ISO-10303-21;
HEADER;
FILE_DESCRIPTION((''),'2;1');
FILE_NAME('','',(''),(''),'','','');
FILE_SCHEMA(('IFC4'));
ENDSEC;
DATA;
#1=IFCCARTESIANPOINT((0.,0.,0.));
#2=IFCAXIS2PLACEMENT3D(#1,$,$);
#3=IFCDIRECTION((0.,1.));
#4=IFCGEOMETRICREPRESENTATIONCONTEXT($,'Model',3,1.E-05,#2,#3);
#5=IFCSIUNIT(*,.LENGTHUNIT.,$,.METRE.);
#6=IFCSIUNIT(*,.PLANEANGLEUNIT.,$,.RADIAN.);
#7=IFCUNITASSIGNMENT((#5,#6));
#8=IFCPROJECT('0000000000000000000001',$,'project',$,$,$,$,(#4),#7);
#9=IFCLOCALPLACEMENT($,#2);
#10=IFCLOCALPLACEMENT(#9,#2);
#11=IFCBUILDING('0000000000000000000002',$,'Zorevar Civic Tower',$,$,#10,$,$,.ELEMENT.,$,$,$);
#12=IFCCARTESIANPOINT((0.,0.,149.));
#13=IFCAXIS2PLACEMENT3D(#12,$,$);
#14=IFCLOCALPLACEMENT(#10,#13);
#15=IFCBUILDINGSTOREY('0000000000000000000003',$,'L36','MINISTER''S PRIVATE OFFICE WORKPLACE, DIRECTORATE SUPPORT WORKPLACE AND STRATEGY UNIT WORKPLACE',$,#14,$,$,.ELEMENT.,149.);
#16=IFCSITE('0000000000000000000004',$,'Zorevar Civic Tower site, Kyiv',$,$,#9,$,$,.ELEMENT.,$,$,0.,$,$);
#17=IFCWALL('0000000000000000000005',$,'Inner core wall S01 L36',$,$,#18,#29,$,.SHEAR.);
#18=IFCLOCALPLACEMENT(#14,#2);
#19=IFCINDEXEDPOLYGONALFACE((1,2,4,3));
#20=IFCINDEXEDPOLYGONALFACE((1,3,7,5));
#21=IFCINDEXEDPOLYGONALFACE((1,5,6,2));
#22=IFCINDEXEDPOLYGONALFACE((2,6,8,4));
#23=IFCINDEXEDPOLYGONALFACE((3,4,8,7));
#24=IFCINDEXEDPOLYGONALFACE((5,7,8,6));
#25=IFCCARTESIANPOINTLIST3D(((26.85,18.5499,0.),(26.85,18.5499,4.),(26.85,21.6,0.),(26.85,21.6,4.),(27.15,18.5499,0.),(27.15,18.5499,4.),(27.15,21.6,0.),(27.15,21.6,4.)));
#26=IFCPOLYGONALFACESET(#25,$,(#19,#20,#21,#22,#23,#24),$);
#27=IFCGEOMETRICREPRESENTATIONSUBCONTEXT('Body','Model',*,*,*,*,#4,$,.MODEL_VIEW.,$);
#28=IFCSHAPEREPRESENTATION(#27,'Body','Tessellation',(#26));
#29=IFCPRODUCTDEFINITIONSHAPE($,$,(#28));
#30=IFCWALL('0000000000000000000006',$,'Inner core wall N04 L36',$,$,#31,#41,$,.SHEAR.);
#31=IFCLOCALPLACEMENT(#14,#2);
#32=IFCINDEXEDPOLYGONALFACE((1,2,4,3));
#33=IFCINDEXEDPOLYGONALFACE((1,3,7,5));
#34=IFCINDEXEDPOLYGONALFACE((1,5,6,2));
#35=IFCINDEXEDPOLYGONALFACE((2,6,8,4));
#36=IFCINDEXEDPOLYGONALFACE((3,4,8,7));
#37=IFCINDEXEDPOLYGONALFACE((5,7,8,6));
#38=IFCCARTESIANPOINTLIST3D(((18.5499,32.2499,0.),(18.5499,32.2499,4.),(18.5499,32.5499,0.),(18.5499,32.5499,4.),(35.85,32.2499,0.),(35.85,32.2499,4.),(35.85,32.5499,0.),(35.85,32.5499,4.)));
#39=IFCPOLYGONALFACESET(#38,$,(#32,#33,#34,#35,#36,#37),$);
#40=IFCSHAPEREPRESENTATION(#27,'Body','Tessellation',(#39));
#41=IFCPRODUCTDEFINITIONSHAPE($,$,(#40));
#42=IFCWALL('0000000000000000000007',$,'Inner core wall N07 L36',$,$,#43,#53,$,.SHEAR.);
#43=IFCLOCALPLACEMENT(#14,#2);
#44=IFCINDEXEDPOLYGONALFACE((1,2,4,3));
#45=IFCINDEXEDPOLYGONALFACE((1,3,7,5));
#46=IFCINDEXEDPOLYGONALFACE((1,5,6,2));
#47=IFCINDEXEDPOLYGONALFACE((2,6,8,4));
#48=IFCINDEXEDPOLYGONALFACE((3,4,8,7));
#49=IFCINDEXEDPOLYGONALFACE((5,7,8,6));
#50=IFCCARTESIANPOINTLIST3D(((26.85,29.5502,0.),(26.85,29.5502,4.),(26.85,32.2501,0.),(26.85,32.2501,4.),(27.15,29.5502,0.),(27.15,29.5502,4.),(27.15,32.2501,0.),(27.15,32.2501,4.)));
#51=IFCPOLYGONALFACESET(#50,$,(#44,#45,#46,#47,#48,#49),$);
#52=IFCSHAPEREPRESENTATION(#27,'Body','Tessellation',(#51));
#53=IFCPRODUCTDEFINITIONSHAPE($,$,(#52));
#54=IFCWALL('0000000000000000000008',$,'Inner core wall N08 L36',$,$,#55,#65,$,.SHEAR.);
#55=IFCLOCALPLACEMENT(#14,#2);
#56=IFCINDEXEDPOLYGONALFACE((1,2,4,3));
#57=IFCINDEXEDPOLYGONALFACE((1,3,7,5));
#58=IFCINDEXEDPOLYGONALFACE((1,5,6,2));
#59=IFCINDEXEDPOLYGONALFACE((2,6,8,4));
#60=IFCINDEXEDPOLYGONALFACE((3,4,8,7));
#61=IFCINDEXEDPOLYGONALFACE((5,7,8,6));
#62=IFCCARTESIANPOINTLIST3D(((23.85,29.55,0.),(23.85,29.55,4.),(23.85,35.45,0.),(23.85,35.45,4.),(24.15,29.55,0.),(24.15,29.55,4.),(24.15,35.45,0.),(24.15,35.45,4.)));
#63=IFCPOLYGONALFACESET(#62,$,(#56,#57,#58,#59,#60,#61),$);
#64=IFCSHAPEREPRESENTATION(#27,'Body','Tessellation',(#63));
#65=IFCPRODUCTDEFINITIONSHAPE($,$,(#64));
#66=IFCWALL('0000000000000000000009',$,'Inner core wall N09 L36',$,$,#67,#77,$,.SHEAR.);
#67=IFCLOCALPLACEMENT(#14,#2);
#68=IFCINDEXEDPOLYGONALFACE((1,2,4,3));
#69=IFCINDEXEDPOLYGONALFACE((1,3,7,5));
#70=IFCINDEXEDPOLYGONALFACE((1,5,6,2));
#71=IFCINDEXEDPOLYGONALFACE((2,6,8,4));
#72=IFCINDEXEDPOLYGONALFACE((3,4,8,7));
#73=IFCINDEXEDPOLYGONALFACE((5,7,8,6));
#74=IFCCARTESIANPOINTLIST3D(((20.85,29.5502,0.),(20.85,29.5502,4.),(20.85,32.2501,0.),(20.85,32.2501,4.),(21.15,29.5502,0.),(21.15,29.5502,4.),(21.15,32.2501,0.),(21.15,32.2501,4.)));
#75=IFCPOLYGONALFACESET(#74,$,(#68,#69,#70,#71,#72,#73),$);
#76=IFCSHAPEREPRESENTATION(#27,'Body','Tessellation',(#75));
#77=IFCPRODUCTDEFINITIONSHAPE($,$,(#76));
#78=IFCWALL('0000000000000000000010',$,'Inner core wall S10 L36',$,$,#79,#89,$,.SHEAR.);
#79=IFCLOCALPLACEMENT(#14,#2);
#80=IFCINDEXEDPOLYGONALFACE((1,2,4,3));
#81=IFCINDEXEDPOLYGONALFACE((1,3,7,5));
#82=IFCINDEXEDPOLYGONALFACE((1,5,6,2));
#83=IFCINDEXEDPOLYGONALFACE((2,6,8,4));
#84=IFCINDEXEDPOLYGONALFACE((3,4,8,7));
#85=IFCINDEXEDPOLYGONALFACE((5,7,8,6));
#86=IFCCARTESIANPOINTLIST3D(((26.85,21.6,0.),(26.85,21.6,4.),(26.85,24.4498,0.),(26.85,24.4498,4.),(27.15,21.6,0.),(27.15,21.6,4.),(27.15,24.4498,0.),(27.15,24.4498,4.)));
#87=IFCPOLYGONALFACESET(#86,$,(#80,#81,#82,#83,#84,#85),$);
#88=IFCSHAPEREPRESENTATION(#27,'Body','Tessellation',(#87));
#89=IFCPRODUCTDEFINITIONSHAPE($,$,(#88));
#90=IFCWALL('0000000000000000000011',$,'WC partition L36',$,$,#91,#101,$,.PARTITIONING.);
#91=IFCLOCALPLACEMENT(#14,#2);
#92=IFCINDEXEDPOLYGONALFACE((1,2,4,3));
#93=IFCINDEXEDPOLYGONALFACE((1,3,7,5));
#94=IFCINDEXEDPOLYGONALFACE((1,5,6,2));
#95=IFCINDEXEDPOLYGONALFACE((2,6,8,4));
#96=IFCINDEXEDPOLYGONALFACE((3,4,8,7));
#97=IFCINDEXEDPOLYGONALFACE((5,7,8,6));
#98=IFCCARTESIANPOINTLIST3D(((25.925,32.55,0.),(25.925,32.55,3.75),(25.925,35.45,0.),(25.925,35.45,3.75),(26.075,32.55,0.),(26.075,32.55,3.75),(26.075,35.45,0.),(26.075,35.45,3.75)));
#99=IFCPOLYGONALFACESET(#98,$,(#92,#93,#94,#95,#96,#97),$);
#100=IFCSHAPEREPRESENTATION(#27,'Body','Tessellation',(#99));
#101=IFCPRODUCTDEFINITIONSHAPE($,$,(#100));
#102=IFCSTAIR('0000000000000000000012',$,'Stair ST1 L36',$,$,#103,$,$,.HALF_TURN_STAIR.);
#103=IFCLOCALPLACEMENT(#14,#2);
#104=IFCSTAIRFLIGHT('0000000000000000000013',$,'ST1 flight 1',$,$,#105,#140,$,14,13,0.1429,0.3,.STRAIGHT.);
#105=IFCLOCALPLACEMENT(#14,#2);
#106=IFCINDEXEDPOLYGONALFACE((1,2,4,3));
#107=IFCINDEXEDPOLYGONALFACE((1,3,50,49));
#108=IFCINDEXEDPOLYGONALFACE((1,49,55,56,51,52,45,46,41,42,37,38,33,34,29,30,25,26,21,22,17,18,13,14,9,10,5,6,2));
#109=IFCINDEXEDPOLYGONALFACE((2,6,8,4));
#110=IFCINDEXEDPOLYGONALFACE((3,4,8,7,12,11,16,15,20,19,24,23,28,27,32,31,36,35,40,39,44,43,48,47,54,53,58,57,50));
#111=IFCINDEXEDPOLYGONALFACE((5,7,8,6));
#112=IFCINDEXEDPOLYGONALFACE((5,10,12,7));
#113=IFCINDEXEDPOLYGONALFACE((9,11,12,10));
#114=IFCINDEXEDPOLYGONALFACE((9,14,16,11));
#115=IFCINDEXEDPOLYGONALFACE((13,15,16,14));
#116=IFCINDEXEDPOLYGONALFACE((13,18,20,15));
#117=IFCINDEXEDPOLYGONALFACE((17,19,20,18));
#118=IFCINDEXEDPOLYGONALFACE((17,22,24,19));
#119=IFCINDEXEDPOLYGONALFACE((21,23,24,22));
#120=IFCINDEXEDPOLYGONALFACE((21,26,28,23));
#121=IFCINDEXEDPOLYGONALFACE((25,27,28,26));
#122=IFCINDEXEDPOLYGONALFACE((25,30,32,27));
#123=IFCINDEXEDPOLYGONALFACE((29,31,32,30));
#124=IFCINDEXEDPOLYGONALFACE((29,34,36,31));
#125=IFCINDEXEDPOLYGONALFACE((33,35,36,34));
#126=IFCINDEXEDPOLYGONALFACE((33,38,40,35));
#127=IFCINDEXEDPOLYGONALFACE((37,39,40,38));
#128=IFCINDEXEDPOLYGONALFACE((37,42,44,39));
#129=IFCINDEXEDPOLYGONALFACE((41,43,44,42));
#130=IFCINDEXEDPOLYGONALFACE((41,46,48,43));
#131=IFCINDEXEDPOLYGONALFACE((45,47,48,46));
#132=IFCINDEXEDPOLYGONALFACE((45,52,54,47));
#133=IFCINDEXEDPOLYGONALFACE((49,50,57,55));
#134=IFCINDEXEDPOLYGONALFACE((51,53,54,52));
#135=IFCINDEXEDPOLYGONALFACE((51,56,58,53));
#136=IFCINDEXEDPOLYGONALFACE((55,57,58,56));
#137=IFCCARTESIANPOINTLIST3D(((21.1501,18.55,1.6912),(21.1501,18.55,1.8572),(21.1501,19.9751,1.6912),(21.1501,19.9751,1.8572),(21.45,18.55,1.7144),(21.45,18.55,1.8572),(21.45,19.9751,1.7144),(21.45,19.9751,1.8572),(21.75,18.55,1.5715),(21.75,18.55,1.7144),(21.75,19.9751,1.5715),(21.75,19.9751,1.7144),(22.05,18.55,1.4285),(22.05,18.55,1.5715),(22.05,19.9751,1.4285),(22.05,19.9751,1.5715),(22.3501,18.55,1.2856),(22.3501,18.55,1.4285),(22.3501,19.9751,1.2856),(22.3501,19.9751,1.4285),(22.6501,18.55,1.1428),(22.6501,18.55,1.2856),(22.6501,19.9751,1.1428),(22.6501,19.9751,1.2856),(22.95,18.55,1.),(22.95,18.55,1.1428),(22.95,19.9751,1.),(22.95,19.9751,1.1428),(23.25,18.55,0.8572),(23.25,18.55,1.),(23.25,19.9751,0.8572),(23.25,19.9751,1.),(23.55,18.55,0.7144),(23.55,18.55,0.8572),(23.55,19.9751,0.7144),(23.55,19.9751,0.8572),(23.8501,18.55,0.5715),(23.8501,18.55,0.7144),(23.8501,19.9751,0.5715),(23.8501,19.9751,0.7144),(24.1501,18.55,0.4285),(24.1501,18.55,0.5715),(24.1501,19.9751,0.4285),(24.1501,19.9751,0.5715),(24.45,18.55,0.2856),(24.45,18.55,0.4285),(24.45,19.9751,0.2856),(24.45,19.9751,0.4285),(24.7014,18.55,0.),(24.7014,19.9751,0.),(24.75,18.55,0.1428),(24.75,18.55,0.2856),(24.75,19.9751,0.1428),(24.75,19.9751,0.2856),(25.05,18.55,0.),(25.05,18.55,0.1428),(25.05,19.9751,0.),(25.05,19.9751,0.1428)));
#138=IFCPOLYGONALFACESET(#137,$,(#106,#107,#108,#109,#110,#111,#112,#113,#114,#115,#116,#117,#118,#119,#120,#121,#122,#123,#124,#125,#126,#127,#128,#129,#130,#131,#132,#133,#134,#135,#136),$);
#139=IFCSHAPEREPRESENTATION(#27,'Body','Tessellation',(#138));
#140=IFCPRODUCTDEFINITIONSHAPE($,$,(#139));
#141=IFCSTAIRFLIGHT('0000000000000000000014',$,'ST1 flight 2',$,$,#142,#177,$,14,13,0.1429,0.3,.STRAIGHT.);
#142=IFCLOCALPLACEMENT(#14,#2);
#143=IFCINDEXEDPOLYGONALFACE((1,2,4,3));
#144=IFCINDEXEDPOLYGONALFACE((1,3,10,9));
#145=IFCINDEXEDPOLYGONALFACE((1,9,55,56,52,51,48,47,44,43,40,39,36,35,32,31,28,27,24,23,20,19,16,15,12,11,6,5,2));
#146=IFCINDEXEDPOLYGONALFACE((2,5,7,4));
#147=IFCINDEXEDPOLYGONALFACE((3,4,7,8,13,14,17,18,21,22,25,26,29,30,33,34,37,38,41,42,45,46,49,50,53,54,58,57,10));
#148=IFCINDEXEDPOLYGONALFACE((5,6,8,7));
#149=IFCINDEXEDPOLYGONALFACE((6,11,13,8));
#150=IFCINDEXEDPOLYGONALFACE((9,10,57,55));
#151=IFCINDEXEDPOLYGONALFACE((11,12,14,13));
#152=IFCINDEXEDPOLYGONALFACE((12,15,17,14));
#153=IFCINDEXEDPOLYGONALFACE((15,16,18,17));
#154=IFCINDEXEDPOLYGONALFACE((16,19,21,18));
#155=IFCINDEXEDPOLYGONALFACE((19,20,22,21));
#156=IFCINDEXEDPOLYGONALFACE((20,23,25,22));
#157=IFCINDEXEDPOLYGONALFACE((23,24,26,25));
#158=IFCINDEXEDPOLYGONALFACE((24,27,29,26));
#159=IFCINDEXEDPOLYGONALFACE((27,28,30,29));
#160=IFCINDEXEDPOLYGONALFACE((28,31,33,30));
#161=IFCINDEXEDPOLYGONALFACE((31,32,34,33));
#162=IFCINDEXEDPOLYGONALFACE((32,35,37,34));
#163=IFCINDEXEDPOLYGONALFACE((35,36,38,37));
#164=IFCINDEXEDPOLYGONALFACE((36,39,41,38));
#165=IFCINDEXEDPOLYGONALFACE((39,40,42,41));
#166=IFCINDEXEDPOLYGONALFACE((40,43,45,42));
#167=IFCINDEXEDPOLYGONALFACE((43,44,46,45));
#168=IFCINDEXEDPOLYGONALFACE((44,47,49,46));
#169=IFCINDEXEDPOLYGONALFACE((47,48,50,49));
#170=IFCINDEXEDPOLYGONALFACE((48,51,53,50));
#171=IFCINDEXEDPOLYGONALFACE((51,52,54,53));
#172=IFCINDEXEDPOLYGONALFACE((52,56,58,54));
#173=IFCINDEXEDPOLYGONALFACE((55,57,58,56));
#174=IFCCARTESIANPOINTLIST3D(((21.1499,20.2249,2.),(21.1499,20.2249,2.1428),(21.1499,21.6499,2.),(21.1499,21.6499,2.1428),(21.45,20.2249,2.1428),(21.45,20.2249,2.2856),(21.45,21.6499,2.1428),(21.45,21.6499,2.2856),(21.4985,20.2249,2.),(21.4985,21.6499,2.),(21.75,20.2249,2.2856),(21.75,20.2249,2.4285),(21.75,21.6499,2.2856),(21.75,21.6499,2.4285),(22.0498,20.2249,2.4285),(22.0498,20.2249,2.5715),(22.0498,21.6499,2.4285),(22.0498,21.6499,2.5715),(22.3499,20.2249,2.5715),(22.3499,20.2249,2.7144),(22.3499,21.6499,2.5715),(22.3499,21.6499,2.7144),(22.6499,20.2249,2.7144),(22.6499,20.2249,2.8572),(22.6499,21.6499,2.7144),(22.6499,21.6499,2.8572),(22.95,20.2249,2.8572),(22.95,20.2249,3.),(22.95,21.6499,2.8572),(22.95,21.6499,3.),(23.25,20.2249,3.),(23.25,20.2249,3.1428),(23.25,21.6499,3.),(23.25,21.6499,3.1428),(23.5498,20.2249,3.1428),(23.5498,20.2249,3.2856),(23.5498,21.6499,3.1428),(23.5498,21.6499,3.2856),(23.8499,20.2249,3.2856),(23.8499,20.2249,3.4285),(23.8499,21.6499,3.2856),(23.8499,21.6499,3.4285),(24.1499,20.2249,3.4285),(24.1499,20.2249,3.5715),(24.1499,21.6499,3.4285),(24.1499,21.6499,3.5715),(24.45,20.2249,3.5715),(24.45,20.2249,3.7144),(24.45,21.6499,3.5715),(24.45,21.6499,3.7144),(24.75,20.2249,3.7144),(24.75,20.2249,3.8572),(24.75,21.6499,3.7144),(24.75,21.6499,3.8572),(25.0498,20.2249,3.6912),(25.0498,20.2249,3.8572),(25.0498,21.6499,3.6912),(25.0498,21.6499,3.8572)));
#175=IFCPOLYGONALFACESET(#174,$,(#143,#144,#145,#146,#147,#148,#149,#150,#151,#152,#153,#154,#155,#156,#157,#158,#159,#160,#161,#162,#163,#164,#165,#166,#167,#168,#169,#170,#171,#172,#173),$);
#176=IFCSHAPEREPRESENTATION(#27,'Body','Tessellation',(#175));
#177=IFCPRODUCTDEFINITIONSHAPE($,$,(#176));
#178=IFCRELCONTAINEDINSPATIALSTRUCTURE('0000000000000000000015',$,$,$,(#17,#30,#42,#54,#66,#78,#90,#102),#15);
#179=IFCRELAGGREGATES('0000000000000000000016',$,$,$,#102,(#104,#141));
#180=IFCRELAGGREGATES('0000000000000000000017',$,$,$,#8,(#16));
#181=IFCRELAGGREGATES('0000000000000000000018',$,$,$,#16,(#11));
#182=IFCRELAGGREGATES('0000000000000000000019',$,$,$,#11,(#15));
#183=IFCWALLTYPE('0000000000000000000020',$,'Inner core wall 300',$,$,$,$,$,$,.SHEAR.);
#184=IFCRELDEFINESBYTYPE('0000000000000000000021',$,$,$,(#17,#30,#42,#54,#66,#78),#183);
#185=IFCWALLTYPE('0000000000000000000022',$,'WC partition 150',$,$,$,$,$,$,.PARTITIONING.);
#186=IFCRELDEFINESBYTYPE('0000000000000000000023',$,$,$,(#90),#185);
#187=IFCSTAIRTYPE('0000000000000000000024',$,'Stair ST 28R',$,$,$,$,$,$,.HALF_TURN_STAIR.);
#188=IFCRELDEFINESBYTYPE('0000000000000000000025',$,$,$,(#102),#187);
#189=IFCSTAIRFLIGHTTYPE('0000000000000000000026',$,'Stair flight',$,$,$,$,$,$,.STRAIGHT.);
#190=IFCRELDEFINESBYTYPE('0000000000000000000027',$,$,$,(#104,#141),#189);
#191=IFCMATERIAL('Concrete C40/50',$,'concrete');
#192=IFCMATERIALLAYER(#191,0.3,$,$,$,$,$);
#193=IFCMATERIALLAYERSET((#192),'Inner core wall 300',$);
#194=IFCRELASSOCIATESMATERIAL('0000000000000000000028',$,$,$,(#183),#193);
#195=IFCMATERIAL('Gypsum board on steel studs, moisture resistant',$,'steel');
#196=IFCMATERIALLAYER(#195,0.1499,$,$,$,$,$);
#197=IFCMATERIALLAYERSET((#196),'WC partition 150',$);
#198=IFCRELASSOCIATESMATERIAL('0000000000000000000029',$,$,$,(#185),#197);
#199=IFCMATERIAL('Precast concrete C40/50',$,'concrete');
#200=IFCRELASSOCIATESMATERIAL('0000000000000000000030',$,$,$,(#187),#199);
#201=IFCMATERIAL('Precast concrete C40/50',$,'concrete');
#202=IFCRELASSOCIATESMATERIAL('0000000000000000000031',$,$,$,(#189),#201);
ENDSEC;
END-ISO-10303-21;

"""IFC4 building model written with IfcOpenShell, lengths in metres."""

from ifc_helpers import new_model, si_unit, direction, frame, frame_2d, origin, place, context, subcontext, project, spatial, polyline, rectangle, outline, extrude, material, layer, layer_set, type_object, element, aggregate, save


model = new_model("IFC4")

# Units and contexts
model_context = context("Model", 3, precision=1e-05, world=origin(), true_north=direction((0.0, 1.0)))
body_context = subcontext(model_context, "Body", "Model", "MODEL_VIEW")
ifc_project = project(units=[si_unit("LENGTHUNIT", "METRE"), si_unit("PLANEANGLEUNIT", "RADIAN")], contexts=[model_context])

# Site, building, storey
site_placement = place(None, origin())
site = spatial("IfcSite", under=ifc_project, at=site_placement, Name="Zorevar Civic Tower site, Kyiv", CompositionType="ELEMENT", RefElevation=0.0)
building_placement = place(site_placement, origin())
building = spatial("IfcBuilding", under=site, at=building_placement, Name="Zorevar Civic Tower", CompositionType="ELEMENT")
storey_placement = place(building_placement, frame((0.0, 0.0, 149.0)))
storey = spatial("IfcBuildingStorey", under=building, at=storey_placement, Name="L36", Description="MINISTER'S PRIVATE OFFICE WORKPLACE, DIRECTORATE SUPPORT WORKPLACE AND STRATEGY UNIT WORKPLACE", CompositionType="ELEMENT", Elevation=149.0)

# Wall
ifc_material_1 = material(Name="Concrete C40/50", Category="concrete")
ifc_layer_1 = layer(ifc_material_1, 0.3)
ifc_layer_set_1 = layer_set([ifc_layer_1], Name="Inner core wall 300")
wall_type_1 = type_object("IfcWallType", Name="Inner core wall 300", PredefinedType="SHEAR", material=ifc_layer_set_1)
wall_1_placement = place(storey_placement, frame((27.0, 18.55, 0.0), z_axis=(0.0, 0.0, 1.0), x_axis=(0.0, 1.0, 0.0)))
element("IfcWall", 1, at=wall_1_placement, inside=storey, type_object=wall_type_1, Name="Inner core wall S01 L36", PredefinedType="SHEAR", context=body_context, shape_type="SweptSolid", body=[
    extrude(rectangle(XDim=3.05, YDim=0.3, at=frame_2d((1.5249, 0.0))), origin(), (0.0, 0.0, 1.0), 4.0),
])

# Walls
wall_2_placement = place(storey_placement, frame((18.55, 32.3999, 0.0), z_axis=(0.0, 0.0, 1.0), x_axis=(1.0, 0.0, 0.0)))
element("IfcWall", 2, at=wall_2_placement, inside=storey, type_object=wall_type_1, Name="Inner core wall N04 L36", PredefinedType="SHEAR", context=body_context, shape_type="SweptSolid", body=[
    extrude(rectangle(XDim=17.3, YDim=0.3, at=frame_2d((8.6499, 0.0))), origin(), (0.0, 0.0, 1.0), 4.0),
])
wall_3_placement = place(storey_placement, frame((27.0, 29.55, 0.0), z_axis=(0.0, 0.0, 1.0), x_axis=(0.0, 1.0, 0.0)))
element("IfcWall", 3, at=wall_3_placement, inside=storey, type_object=wall_type_1, Name="Inner core wall N07 L36", PredefinedType="SHEAR", context=body_context, shape_type="SweptSolid", body=[
    extrude(rectangle(XDim=2.7, YDim=0.3, at=frame_2d((1.3501, 0.0))), origin(), (0.0, 0.0, 1.0), 4.0),
])
wall_4_placement = place(storey_placement, frame((24.0, 29.55, 0.0), z_axis=(0.0, 0.0, 1.0), x_axis=(0.0, 1.0, 0.0)))
element("IfcWall", 4, at=wall_4_placement, inside=storey, type_object=wall_type_1, Name="Inner core wall N08 L36", PredefinedType="SHEAR", context=body_context, shape_type="SweptSolid", body=[
    extrude(rectangle(XDim=5.8999, YDim=0.3, at=frame_2d((2.95, 0.0))), origin(), (0.0, 0.0, 1.0), 4.0),
])
wall_5_placement = place(storey_placement, frame((21.0, 29.55, 0.0), z_axis=(0.0, 0.0, 1.0), x_axis=(0.0, 1.0, 0.0)))
element("IfcWall", 5, at=wall_5_placement, inside=storey, type_object=wall_type_1, Name="Inner core wall N09 L36", PredefinedType="SHEAR", context=body_context, shape_type="SweptSolid", body=[
    extrude(rectangle(XDim=2.7, YDim=0.3, at=frame_2d((1.3501, 0.0))), origin(), (0.0, 0.0, 1.0), 4.0),
])
wall_6_placement = place(storey_placement, frame((27.0, 21.6001, 0.0), z_axis=(0.0, 0.0, 1.0), x_axis=(0.0, 1.0, 0.0)))
element("IfcWall", 6, at=wall_6_placement, inside=storey, type_object=wall_type_1, Name="Inner core wall S10 L36", PredefinedType="SHEAR", context=body_context, shape_type="SweptSolid", body=[
    extrude(rectangle(XDim=2.8499, YDim=0.3, at=frame_2d((1.4248, 0.0))), origin(), (0.0, 0.0, 1.0), 4.0),
])
ifc_material_2 = material(Name="Gypsum board on steel studs, moisture resistant", Category="steel")
ifc_layer_2 = layer(ifc_material_2, 0.1499)
ifc_layer_set_2 = layer_set([ifc_layer_2], Name="WC partition 150")
wall_type_2 = type_object("IfcWallType", Name="WC partition 150", PredefinedType="PARTITIONING", material=ifc_layer_set_2)
wall_7_placement = place(storey_placement, frame((26.0, 32.55, 0.0), z_axis=(0.0, 0.0, 1.0), x_axis=(0.0, 1.0, 0.0)))
element("IfcWall", 7, at=wall_7_placement, inside=storey, type_object=wall_type_2, Name="WC partition L36", PredefinedType="PARTITIONING", context=body_context, shape_type="SweptSolid", body=[
    extrude(rectangle(XDim=2.8999, YDim=0.1499, at=frame_2d((1.45, 0.0))), origin(), (0.0, 0.0, 1.0), 3.75),
])

# Stair, stair flights
ifc_material_3 = material(Name="Precast concrete C40/50", Category="concrete")
stair_type = type_object("IfcStairType", Name="Stair ST 28R", PredefinedType="HALF_TURN_STAIR", material=ifc_material_3)
stair_placement = place(storey_placement, origin())
stair = element("IfcStair", 8, at=stair_placement, inside=storey, type_object=stair_type, Name="Stair ST1 L36", PredefinedType="HALF_TURN_STAIR")
ifc_material_4 = material(Name="Precast concrete C40/50", Category="concrete")
stair_flight_type = type_object("IfcStairFlightType", Name="Stair flight", PredefinedType="STRAIGHT", material=ifc_material_4)
stair_flight_1_placement = place(storey_placement, frame((25.05, 19.2625, 0.0), z_axis=(0.0, 0.0, 1.0), x_axis=(-1.0, 0.0, 0.0)))
stair_flight_1 = element("IfcStairFlight", 9, at=stair_flight_1_placement, type_object=stair_flight_type, Name="ST1 flight 1", NumberOfRisers=14, NumberOfTreads=13, PredefinedType="STRAIGHT", RiserHeight=0.1429, TreadLength=0.3, context=body_context, shape_type="SweptSolid", body=[
    extrude(outline(polyline([(0.0, 0.0), (0.0, 0.1428), (0.3, 0.1428), (0.3, 0.2856), (0.6001, 0.2856), (0.6001, 0.4285), (0.8999, 0.4285), (0.8999, 0.5715), (1.2, 0.5715), (1.2, 0.7144), (1.5, 0.7144), (1.5, 0.8572), (1.8, 0.8572), (1.8, 1.0), (2.1001, 1.0), (2.1001, 1.1428), (2.3999, 1.1428), (2.3999, 1.2856), (2.7, 1.2856), (2.7, 1.4285), (3.0, 1.4285), (3.0, 1.5715), (3.3, 1.5715), (3.3, 1.7144), (3.6001, 1.7144), (3.6001, 1.8572), (3.8999, 1.8572), (3.8999, 2.0), (3.8999, 1.6912), (0.3486, 0.0), (0.0, 0.0)])), frame((0.0, 0.7124, 0.0), z_axis=(0.0, -1.0, 0.0), x_axis=(1.0, 0.0, 0.0)), (0.0, 0.0, 1.0), 1.425),
])
stair_flight_2_placement = place(storey_placement, frame((21.1499, 20.9375, 2.0), z_axis=(0.0, 0.0, 1.0), x_axis=(1.0, 0.0, 0.0)))
stair_flight_2 = element("IfcStairFlight", 10, at=stair_flight_2_placement, type_object=stair_flight_type, Name="ST1 flight 2", NumberOfRisers=14, NumberOfTreads=13, PredefinedType="STRAIGHT", RiserHeight=0.1429, TreadLength=0.3, context=body_context, shape_type="SweptSolid", body=[
    extrude(outline(polyline([(0.0, 0.0), (0.0, 0.1428), (0.3, 0.1428), (0.3, 0.2856), (0.6001, 0.2856), (0.6001, 0.4285), (0.8999, 0.4285), (0.8999, 0.5715), (1.2, 0.5715), (1.2, 0.7144), (1.5, 0.7144), (1.5, 0.8572), (1.8, 0.8572), (1.8, 1.0), (2.1001, 1.0), (2.1001, 1.1428), (2.3999, 1.1428), (2.3999, 1.2856), (2.7, 1.2856), (2.7, 1.4285), (3.0, 1.4285), (3.0, 1.5715), (3.3, 1.5715), (3.3, 1.7144), (3.6001, 1.7144), (3.6001, 1.8572), (3.8999, 1.8572), (3.8999, 2.0), (3.8999, 1.6912), (0.3486, 0.0), (0.0, 0.0)])), frame((0.0, 0.7124, 0.0), z_axis=(0.0, -1.0, 0.0), x_axis=(1.0, 0.0, 0.0)), (0.0, 0.0, 1.0), 1.425),
])
aggregate(stair, [stair_flight_1, stair_flight_2])

save(model, "model.ifc")
